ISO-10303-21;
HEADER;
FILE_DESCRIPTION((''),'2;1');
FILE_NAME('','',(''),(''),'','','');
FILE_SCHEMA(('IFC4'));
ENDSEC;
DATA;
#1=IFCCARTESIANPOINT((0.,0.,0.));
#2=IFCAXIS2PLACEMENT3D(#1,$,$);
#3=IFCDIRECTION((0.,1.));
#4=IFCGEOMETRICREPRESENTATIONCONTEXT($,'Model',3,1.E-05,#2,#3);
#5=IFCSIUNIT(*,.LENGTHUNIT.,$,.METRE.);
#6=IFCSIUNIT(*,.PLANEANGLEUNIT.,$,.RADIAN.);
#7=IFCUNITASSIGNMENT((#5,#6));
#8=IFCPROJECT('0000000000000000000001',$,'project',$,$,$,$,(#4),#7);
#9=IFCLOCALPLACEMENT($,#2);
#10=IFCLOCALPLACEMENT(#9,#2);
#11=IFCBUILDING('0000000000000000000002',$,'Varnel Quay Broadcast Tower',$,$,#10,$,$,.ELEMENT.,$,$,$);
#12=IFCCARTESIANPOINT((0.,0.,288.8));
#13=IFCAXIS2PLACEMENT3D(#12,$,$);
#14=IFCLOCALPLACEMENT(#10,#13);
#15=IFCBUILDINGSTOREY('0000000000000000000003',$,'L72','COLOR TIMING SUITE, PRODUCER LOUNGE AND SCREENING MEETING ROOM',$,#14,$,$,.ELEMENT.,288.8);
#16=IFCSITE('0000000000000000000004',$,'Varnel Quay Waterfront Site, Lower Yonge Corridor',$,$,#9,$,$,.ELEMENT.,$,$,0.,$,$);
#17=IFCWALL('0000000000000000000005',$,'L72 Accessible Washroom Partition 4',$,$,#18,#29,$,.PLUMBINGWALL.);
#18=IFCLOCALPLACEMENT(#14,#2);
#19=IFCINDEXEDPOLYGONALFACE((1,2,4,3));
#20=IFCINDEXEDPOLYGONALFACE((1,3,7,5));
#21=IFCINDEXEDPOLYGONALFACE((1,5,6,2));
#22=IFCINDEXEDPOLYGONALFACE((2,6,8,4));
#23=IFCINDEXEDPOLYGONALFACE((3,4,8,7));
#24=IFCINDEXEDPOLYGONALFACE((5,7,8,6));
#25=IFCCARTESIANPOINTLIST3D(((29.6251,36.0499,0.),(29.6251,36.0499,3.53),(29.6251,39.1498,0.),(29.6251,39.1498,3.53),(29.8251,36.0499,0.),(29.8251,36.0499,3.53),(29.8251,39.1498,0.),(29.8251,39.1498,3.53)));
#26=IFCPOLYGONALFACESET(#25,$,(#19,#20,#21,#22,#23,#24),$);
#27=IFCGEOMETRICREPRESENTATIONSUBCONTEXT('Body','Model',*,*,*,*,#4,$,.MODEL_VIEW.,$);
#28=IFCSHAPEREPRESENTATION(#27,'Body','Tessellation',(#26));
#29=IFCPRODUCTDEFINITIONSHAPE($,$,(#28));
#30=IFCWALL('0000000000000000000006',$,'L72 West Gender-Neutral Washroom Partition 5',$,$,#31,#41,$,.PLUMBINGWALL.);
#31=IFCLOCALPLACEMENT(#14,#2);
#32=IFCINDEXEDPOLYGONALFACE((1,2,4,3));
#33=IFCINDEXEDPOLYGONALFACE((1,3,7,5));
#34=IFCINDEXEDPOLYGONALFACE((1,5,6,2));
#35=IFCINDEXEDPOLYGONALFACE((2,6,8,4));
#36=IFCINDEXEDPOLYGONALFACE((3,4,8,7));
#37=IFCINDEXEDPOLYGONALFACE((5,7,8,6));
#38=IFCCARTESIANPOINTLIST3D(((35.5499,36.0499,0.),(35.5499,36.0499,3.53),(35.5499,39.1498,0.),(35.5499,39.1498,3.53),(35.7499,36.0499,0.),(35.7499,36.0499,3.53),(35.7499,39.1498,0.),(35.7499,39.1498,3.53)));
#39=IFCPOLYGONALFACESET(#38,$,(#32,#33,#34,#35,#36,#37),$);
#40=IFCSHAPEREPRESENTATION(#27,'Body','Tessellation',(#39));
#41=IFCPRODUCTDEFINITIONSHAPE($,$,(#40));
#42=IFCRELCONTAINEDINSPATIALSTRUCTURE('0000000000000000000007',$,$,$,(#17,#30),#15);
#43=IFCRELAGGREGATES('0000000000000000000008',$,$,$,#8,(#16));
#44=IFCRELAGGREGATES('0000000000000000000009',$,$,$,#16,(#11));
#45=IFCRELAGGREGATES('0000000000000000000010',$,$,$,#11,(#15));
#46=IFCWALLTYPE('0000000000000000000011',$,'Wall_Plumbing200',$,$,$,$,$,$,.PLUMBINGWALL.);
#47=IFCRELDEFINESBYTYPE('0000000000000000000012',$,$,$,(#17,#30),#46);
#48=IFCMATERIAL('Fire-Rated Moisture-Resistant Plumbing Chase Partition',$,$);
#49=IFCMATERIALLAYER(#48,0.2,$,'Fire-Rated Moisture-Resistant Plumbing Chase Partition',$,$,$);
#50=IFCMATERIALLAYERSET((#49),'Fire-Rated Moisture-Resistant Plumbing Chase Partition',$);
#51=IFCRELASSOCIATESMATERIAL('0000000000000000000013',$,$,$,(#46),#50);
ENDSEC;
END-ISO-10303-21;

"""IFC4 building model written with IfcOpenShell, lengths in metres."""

from ifc_helpers import new_model, si_unit, direction, frame, frame_2d, origin, place, context, subcontext, project, spatial, rectangle, extrude, material, layer, layer_set, type_object, element, save


model = new_model("IFC4")

# Units and contexts
model_context = context("Model", 3, precision=1e-05, world=origin(), true_north=direction((0.0, 1.0)))
body_context = subcontext(model_context, "Body", "Model", "MODEL_VIEW")
ifc_project = project(units=[si_unit("LENGTHUNIT", "METRE"), si_unit("PLANEANGLEUNIT", "RADIAN")], contexts=[model_context])

# Site, building, storey
site_placement = place(None, origin())
site = spatial("IfcSite", under=ifc_project, at=site_placement, Name="Varnel Quay Waterfront Site, Lower Yonge Corridor", CompositionType="ELEMENT", RefElevation=0.0)
building_placement = place(site_placement, origin())
building = spatial("IfcBuilding", under=site, at=building_placement, Name="Varnel Quay Broadcast Tower", CompositionType="ELEMENT")
storey_placement = place(building_placement, frame((0.0, 0.0, 288.8)))
storey = spatial("IfcBuildingStorey", under=building, at=storey_placement, Name="L72", Description="COLOR TIMING SUITE, PRODUCER LOUNGE AND SCREENING MEETING ROOM", CompositionType="ELEMENT", Elevation=288.8)

# Walls
ifc_material_1 = material(Name="Fire-Rated Moisture-Resistant Plumbing Chase Partition")
ifc_layer_1 = layer(ifc_material_1, 0.2, Name="Fire-Rated Moisture-Resistant Plumbing Chase Partition")
ifc_layer_set_1 = layer_set([ifc_layer_1], Name="Fire-Rated Moisture-Resistant Plumbing Chase Partition")
wall_type_1 = type_object("IfcWallType", Name="Wall_Plumbing200", PredefinedType="PLUMBINGWALL", material=ifc_layer_set_1)
for number, where, z_axis, x_axis, name in (
    (1, (29.7251, 36.05, 0.0), (0.0, 0.0, 1.0), (0.0, 1.0, 0.0), "L72 Accessible Washroom Partition 4"),
    (2, (35.6499, 36.05, 0.0), (0.0, 0.0, 1.0), (0.0, 1.0, 0.0), "L72 West Gender-Neutral Washroom Partition 5"),
):
    element("IfcWall", number, at=place(storey_placement, frame(where, z_axis=z_axis, x_axis=x_axis)), inside=storey, type_object=wall_type_1, Name=name, PredefinedType="PLUMBINGWALL", context=body_context, shape_type="SweptSolid", body=[
        extrude(rectangle(XDim=3.0999, YDim=0.2, at=frame_2d((1.5498, 0.0))), origin(), (0.0, 0.0, 1.0), 3.53),
    ])

save(model, "model.ifc")
